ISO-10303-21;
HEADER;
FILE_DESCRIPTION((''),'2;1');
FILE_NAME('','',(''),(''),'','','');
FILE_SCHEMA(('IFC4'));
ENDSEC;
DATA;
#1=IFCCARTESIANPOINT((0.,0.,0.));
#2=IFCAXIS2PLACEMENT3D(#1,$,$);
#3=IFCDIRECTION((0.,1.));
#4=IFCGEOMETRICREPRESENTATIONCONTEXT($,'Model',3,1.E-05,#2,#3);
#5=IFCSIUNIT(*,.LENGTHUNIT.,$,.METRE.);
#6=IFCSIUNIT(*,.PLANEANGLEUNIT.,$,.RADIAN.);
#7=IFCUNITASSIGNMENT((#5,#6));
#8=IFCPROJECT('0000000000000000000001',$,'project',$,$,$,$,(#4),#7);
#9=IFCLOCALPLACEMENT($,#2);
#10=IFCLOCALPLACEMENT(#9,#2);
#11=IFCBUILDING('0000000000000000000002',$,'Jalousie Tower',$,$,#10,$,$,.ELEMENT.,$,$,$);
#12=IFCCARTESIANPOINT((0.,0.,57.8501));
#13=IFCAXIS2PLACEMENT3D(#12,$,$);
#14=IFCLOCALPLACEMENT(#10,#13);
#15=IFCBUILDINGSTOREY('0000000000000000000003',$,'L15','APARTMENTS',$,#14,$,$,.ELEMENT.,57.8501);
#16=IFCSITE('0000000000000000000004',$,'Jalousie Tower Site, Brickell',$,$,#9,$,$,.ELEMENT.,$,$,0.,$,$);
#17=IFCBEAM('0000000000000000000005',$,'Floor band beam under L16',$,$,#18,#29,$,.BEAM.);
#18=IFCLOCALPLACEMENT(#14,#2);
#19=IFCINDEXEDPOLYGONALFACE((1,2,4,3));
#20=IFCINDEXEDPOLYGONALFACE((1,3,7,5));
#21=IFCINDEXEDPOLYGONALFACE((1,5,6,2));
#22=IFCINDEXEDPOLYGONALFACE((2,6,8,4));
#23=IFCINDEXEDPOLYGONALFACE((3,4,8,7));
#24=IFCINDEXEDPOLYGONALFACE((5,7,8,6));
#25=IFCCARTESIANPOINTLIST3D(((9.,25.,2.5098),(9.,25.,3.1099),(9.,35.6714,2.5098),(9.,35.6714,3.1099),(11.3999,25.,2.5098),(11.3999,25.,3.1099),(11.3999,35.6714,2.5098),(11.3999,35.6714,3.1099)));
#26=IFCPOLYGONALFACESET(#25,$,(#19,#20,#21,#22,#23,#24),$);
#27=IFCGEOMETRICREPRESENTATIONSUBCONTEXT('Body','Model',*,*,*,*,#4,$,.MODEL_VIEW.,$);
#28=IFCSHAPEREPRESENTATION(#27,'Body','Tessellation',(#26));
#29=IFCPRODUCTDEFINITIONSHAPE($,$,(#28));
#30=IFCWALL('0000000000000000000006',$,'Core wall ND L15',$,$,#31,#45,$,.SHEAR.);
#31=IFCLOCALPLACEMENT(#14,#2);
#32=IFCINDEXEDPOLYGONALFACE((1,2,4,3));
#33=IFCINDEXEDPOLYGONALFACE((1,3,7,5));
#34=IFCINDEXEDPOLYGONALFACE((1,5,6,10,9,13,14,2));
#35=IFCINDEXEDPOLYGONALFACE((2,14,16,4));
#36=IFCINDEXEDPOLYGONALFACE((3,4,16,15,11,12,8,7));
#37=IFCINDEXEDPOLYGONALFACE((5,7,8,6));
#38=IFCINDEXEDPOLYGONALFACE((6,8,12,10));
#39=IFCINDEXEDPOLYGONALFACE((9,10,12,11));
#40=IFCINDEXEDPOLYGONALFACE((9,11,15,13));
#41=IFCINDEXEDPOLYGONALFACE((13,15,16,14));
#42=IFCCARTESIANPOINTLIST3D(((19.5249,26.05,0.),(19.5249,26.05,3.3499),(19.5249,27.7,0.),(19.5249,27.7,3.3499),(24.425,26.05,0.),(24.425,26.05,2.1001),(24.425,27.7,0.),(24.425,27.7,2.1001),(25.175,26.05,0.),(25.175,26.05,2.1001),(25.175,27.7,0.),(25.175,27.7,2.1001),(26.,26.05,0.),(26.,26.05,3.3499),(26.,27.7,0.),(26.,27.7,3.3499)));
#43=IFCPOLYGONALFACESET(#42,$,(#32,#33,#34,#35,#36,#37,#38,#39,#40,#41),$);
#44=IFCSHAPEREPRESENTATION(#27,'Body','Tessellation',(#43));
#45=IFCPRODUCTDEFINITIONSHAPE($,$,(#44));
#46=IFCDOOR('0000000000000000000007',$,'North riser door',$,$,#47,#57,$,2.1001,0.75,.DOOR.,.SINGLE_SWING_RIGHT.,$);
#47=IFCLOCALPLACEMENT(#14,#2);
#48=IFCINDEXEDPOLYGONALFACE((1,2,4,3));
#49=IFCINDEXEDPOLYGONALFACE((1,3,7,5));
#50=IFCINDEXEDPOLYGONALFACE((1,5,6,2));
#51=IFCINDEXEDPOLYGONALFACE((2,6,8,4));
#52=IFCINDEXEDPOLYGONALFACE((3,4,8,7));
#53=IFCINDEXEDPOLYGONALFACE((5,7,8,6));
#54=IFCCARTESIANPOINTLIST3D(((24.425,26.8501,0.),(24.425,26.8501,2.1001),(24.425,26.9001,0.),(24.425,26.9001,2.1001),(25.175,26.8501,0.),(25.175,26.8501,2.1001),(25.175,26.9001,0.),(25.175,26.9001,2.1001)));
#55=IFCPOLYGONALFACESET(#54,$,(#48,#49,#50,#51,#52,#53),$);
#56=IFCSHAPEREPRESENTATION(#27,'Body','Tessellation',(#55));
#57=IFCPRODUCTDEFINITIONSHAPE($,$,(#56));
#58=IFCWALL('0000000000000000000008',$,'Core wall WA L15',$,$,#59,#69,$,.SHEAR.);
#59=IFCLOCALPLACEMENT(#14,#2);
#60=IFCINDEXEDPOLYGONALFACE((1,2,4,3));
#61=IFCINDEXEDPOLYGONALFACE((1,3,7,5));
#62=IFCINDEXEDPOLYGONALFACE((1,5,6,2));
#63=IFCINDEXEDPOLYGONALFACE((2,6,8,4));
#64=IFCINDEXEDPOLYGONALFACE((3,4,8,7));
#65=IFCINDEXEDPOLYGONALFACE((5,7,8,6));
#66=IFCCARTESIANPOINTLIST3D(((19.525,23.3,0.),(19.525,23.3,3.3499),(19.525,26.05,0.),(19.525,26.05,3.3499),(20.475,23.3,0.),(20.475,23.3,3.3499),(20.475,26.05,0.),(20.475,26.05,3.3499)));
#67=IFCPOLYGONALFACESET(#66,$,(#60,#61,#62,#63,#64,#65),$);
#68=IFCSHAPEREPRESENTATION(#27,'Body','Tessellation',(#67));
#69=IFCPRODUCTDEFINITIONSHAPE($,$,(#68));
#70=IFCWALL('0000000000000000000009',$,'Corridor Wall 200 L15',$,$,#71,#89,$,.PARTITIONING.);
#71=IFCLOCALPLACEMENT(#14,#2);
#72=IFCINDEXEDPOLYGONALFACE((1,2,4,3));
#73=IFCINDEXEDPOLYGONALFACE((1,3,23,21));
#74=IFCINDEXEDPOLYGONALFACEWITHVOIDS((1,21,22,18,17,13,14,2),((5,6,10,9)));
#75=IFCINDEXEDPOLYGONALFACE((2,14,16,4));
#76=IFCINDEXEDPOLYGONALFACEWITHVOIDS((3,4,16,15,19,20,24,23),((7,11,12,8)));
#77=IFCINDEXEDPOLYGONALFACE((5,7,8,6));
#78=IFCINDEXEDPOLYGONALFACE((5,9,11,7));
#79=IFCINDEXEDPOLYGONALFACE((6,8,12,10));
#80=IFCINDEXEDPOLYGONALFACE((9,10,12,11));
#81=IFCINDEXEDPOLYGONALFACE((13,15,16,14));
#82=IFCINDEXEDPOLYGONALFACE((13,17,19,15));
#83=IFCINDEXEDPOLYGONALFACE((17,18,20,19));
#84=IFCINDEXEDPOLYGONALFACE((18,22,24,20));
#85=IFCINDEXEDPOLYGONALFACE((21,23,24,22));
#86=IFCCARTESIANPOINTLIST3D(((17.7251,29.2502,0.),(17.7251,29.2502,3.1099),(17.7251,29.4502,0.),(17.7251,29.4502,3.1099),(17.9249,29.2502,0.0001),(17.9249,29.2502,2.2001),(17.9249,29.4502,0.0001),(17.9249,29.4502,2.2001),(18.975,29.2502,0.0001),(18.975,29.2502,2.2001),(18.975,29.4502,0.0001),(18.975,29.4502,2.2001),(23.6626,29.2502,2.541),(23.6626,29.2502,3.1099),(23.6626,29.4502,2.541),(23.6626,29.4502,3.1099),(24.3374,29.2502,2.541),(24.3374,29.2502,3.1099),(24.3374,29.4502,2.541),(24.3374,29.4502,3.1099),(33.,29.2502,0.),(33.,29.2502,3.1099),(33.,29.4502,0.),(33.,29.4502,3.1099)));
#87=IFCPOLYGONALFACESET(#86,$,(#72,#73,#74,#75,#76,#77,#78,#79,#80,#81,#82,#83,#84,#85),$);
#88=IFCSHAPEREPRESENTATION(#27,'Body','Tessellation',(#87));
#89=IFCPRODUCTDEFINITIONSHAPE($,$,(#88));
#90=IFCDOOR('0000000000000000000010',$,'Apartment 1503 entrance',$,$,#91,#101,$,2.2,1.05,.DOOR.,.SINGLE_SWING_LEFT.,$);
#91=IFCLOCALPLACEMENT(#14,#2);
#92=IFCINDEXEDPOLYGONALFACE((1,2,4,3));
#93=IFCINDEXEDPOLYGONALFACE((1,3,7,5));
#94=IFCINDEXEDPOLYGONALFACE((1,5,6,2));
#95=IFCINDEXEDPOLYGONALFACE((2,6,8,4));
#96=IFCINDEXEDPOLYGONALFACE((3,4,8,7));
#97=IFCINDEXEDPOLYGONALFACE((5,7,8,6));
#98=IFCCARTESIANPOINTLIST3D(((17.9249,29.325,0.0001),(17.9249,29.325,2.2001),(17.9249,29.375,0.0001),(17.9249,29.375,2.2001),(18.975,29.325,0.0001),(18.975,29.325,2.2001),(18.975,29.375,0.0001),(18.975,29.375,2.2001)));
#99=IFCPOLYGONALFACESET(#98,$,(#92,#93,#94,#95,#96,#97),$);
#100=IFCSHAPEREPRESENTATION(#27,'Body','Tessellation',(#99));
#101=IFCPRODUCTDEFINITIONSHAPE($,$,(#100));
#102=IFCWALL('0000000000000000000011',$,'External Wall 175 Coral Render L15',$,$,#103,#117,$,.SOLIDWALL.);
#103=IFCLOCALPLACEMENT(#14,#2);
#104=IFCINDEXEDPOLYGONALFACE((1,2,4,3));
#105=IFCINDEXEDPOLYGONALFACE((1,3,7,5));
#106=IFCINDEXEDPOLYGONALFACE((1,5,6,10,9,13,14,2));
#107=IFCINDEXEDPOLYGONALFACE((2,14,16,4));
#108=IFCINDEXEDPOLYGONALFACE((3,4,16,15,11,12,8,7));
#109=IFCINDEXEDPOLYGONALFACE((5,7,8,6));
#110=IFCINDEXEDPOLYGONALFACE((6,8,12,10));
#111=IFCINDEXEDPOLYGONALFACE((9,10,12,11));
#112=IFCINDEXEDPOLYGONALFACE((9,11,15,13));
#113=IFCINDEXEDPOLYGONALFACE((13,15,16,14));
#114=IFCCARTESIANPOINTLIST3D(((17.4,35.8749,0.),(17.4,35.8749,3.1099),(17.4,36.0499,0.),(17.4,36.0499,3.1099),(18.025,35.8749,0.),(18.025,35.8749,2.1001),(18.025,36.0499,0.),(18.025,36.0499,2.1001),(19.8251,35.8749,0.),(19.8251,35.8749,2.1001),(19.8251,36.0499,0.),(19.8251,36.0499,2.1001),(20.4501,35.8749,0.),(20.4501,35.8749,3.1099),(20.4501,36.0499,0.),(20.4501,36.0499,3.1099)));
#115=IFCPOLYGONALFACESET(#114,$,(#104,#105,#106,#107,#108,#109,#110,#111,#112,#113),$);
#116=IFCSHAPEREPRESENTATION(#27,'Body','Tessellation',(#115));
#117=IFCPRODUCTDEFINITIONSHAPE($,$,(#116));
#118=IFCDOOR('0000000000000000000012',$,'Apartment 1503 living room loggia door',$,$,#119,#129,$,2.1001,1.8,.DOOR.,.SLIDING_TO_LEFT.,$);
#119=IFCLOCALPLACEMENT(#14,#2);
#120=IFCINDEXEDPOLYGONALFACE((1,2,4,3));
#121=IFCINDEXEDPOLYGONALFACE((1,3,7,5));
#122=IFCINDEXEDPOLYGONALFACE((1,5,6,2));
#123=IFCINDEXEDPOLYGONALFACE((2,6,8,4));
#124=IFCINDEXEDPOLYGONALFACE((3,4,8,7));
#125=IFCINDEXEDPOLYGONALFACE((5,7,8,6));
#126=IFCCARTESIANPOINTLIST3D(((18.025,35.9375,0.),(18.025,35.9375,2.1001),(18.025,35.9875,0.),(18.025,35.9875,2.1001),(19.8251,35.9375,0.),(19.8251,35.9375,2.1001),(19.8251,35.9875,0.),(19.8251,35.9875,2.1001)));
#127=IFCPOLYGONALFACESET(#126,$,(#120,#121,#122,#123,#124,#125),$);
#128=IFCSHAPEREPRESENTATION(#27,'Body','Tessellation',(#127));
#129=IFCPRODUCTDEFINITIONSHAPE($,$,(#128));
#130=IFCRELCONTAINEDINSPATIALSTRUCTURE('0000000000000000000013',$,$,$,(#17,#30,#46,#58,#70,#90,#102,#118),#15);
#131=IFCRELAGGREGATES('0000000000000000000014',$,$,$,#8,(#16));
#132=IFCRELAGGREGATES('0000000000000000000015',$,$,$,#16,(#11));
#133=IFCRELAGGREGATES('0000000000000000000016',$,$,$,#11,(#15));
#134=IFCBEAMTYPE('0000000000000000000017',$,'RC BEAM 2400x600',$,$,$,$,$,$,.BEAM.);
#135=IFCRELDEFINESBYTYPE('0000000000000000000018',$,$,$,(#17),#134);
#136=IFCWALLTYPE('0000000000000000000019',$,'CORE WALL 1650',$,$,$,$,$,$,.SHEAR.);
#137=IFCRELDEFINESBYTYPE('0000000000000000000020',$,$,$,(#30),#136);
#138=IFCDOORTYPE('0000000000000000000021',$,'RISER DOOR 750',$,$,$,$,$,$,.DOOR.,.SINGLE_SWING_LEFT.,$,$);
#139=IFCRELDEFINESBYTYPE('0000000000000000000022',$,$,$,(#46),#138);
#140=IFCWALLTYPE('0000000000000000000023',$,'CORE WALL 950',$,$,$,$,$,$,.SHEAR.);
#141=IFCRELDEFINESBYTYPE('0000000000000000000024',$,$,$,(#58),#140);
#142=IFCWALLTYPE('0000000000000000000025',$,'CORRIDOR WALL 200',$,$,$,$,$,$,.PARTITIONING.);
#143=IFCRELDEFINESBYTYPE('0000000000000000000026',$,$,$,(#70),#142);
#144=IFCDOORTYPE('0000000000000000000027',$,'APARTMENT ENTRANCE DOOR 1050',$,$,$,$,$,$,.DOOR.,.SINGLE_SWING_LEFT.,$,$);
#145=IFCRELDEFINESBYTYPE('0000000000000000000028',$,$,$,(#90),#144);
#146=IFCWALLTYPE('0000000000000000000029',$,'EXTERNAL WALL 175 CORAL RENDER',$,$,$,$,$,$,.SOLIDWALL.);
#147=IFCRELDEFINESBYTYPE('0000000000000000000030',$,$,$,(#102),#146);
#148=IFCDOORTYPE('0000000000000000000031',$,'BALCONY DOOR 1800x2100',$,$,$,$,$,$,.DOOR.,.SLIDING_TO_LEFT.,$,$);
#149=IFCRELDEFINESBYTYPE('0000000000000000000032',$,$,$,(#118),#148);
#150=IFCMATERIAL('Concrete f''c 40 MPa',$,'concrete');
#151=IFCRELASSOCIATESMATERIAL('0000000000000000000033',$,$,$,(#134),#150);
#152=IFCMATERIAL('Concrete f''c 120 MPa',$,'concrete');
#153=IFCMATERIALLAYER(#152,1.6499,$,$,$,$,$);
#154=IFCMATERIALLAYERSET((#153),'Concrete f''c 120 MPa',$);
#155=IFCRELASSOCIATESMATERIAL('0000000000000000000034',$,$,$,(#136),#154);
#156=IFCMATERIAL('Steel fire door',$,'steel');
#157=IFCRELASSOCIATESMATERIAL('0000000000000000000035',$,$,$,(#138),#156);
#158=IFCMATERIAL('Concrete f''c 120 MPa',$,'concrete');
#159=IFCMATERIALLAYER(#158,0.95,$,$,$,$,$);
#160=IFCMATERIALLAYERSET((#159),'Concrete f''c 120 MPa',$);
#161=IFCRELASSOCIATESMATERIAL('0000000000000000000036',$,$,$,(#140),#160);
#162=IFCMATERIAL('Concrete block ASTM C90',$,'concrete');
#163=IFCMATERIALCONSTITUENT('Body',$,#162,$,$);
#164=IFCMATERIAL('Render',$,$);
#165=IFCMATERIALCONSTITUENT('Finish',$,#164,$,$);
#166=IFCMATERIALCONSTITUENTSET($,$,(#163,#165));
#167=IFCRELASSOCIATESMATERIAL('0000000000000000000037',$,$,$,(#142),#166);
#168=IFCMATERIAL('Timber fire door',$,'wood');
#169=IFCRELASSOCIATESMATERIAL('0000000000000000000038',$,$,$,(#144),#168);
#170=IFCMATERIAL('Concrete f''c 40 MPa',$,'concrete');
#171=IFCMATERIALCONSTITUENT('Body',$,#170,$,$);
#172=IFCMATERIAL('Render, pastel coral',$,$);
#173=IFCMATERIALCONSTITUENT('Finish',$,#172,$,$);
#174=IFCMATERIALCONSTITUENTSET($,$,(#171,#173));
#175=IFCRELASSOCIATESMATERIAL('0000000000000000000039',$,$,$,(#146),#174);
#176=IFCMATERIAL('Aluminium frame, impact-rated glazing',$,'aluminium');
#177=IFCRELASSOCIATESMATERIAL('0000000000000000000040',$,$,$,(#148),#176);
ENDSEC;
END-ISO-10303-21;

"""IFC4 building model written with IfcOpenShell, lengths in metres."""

from ifc_helpers import new_model, si_unit, direction, frame, frame_2d, origin, origin_2d, place, context, subcontext, project, spatial, polyline, rectangle, outline, extrude, material, layer, layer_set, constituent, constituent_set, material_profile, profile_set, type_object, element, fill, save


model = new_model("IFC4")

# Units and contexts
model_context = context("Model", 3, precision=1e-05, world=origin(), true_north=direction((0.0, 1.0)))
body_context = subcontext(model_context, "Body", "Model", "MODEL_VIEW")
ifc_project = project(units=[si_unit("LENGTHUNIT", "METRE"), si_unit("PLANEANGLEUNIT", "RADIAN")], contexts=[model_context])

# Site, building, storey
site_placement = place(None, origin())
site = spatial("IfcSite", under=ifc_project, at=site_placement, Name="Jalousie Tower Site, Brickell", CompositionType="ELEMENT", RefElevation=0.0)
building_placement = place(site_placement, origin())
building = spatial("IfcBuilding", under=site, at=building_placement, Name="Jalousie Tower", CompositionType="ELEMENT")
storey_placement = place(building_placement, frame((0.0, 0.0, 57.8501)))
storey = spatial("IfcBuildingStorey", under=building, at=storey_placement, Name="L15", Description="APARTMENTS", CompositionType="ELEMENT", Elevation=57.8501)

# Beam
ifc_material_1 = material(Name="Concrete f'c 40 MPa", Category="concrete")
ifc_material_profile = material_profile(ifc_material_1, rectangle(XDim=2.3999, YDim=0.6001, at=origin_2d()), Name="RC 2400x600")
ifc_profile_set = profile_set([ifc_material_profile], Name="Concrete f'c 40 MPa")
beam_type = type_object("IfcBeamType", Name="RC BEAM 2400x600", PredefinedType="BEAM", material=ifc_profile_set)
beam_placement = place(storey_placement, frame((10.2, 25.0, 2.8098), z_axis=(0.0, 1.0, 0.0), x_axis=(-1.0, 0.0, 0.0)))
element("IfcBeam", 1, at=beam_placement, inside=storey, type_object=beam_type, Name="Floor band beam under L16", PredefinedType="BEAM", context=body_context, shape_type="SweptSolid", body=[
    extrude(rectangle(XDim=2.3999, YDim=0.6001, at=origin_2d()), origin(), (0.0, 0.0, 1.0), 10.6714),
])

# Wall, opening, door
ifc_material_2 = material(Name="Concrete f'c 120 MPa", Category="concrete")
ifc_layer_1 = layer(ifc_material_2, 1.6499)
ifc_layer_set_1 = layer_set([ifc_layer_1], Name="Concrete f'c 120 MPa")
wall_type_1 = type_object("IfcWallType", Name="CORE WALL 1650", PredefinedType="SHEAR", material=ifc_layer_set_1)
wall_1_placement = place(storey_placement, frame((26.0, 26.875, 0.0), z_axis=(0.0, 0.0, 1.0), x_axis=(-1.0, 0.0, 0.0)))
wall_1 = element("IfcWall", 2, at=wall_1_placement, inside=storey, type_object=wall_type_1, Name="Core wall ND L15", PredefinedType="SHEAR", context=body_context, shape_type="SweptSolid", body=[
    extrude(rectangle(XDim=6.4751, YDim=1.6499, at=frame_2d((3.2375, 0.0))), origin(), (0.0, 0.0, 1.0), 3.3499),
])
opening_1_placement = place(wall_1_placement, frame((0.825, 0.0, 0.0)))
opening_1 = element("IfcOpeningElement", 3, at=opening_1_placement, cuts=wall_1, PredefinedType="OPENING", context=body_context, shape_type="SweptSolid", body=[
    extrude(rectangle(XDim=0.75, YDim=2.1001, at=frame_2d((0.375, 1.05))), frame((0.0, 0.835, 0.0), z_axis=(0.0, -1.0, 0.0), x_axis=(1.0, 0.0, 0.0)), (0.0, 0.0, 1.0), 1.6699),
])
ifc_material_3 = material(Name="Steel fire door", Category="steel")
door_type_1 = type_object("IfcDoorType", Name="RISER DOOR 750", OperationType="SINGLE_SWING_LEFT", PredefinedType="DOOR", material=ifc_material_3)
door_1_placement = place(opening_1_placement, origin())
door_1 = element("IfcDoor", 4, at=door_1_placement, inside=storey, type_object=door_type_1, Name="North riser door", OperationType="SINGLE_SWING_RIGHT", OverallHeight=2.1001, OverallWidth=0.75, PredefinedType="DOOR", context=body_context, shape_type="SweptSolid", body=[
    extrude(rectangle(XDim=0.75, YDim=2.1001, at=frame_2d((0.375, 1.05))), frame((0.0, 0.0249, 0.0), z_axis=(0.0, -1.0, 0.0), x_axis=(1.0, 0.0, 0.0)), (0.0, 0.0, 1.0), 0.05),
])
fill(opening_1, door_1)

# Wall
ifc_material_4 = material(Name="Concrete f'c 120 MPa", Category="concrete")
ifc_layer_2 = layer(ifc_material_4, 0.95)
ifc_layer_set_2 = layer_set([ifc_layer_2], Name="Concrete f'c 120 MPa")
wall_type_2 = type_object("IfcWallType", Name="CORE WALL 950", PredefinedType="SHEAR", material=ifc_layer_set_2)
wall_2_placement = place(storey_placement, frame((20.0, 26.05, 0.0), z_axis=(0.0, 0.0, 1.0), x_axis=(0.0, -1.0, 0.0)))
element("IfcWall", 5, at=wall_2_placement, inside=storey, type_object=wall_type_2, Name="Core wall WA L15", PredefinedType="SHEAR", context=body_context, shape_type="SweptSolid", body=[
    extrude(rectangle(XDim=2.75, YDim=0.95, at=frame_2d((1.375, 0.0))), origin(), (0.0, 0.0, 1.0), 3.3499),
])

# Walls, openings, doors
ifc_material_5 = material(Name="Concrete block ASTM C90", Category="concrete")
ifc_constituent_1 = constituent(ifc_material_5, Name="Body")
ifc_material_6 = material(Name="Render")
ifc_constituent_2 = constituent(ifc_material_6, Name="Finish")
ifc_constituent_set_1 = constituent_set(constituents=[ifc_constituent_1, ifc_constituent_2])
wall_type_3 = type_object("IfcWallType", Name="CORRIDOR WALL 200", PredefinedType="PARTITIONING", material=ifc_constituent_set_1)
wall_3_placement = place(storey_placement, frame((17.7251, 29.3501, 0.0), z_axis=(0.0, 0.0, 1.0), x_axis=(1.0, 0.0, 0.0)))
wall_3 = element("IfcWall", 6, at=wall_3_placement, inside=storey, type_object=wall_type_3, Name="Corridor Wall 200 L15", PredefinedType="PARTITIONING", context=body_context, shape_type="SweptSolid", body=[
    extrude(outline(polyline([(0.0, 0.0), (15.2749, 0.0), (15.2749, 3.1099), (6.6123, 3.1099), (6.6123, 2.541), (5.9375, 2.541), (5.9375, 3.1099), (0.0, 3.1099), (0.0, 0.0)])), frame((0.0, 0.1001, 0.0), z_axis=(0.0, -1.0, 0.0), x_axis=(1.0, 0.0, 0.0)), (0.0, 0.0, 1.0), 0.2),
])
opening_2_placement = place(wall_3_placement, frame((0.2, 0.0, 0.0)))
opening_2 = element("IfcOpeningElement", 7, at=opening_2_placement, cuts=wall_3, PredefinedType="OPENING", context=body_context, shape_type="SweptSolid", body=[
    extrude(rectangle(XDim=1.05, YDim=2.2, at=frame_2d((0.5249, 1.1001))), frame((0.0, 0.1099, 0.0), z_axis=(0.0, -1.0, 0.0), x_axis=(1.0, 0.0, 0.0)), (0.0, 0.0, 1.0), 0.22),
])
ifc_material_7 = material(Name="Timber fire door", Category="wood")
door_type_2 = type_object("IfcDoorType", Name="APARTMENT ENTRANCE DOOR 1050", OperationType="SINGLE_SWING_LEFT", PredefinedType="DOOR", material=ifc_material_7)
door_2_placement = place(opening_2_placement, origin())
door_2 = element("IfcDoor", 8, at=door_2_placement, inside=storey, type_object=door_type_2, Name="Apartment 1503 entrance", OperationType="SINGLE_SWING_LEFT", OverallHeight=2.2, OverallWidth=1.05, PredefinedType="DOOR", context=body_context, shape_type="SweptSolid", body=[
    extrude(rectangle(XDim=1.05, YDim=2.2, at=frame_2d((0.5249, 1.1001))), frame((0.0, 0.0249, 0.0), z_axis=(0.0, -1.0, 0.0), x_axis=(1.0, 0.0, 0.0)), (0.0, 0.0, 1.0), 0.05),
])
fill(opening_2, door_2)
ifc_material_8 = material(Name="Concrete f'c 40 MPa", Category="concrete")
ifc_constituent_3 = constituent(ifc_material_8, Name="Body")
ifc_material_9 = material(Name="Render, pastel coral")
ifc_constituent_4 = constituent(ifc_material_9, Name="Finish")
ifc_constituent_set_2 = constituent_set(constituents=[ifc_constituent_3, ifc_constituent_4])
wall_type_4 = type_object("IfcWallType", Name="EXTERNAL WALL 175 CORAL RENDER", PredefinedType="SOLIDWALL", material=ifc_constituent_set_2)
wall_4_placement = place(storey_placement, frame((20.45, 35.9624, 0.0), z_axis=(0.0, 0.0, 1.0), x_axis=(-1.0, 0.0, 0.0)))
wall_4 = element("IfcWall", 9, at=wall_4_placement, inside=storey, type_object=wall_type_4, Name="External Wall 175 Coral Render L15", PredefinedType="SOLIDWALL", context=body_context, shape_type="SweptSolid", body=[
    extrude(rectangle(XDim=3.05, YDim=0.175, at=frame_2d((1.5249, 0.0))), origin(), (0.0, 0.0, 1.0), 3.1099),
])
opening_3_placement = place(wall_4_placement, frame((0.625, 0.0, 0.0)))
opening_3 = element("IfcOpeningElement", 10, at=opening_3_placement, cuts=wall_4, PredefinedType="OPENING", context=body_context, shape_type="SweptSolid", body=[
    extrude(rectangle(XDim=1.8, YDim=2.1001, at=frame_2d((0.8999, 1.05))), frame((0.0, 0.0974, 0.0), z_axis=(0.0, -1.0, 0.0), x_axis=(1.0, 0.0, 0.0)), (0.0, 0.0, 1.0), 0.1951),
])
ifc_material_10 = material(Name="Aluminium frame, impact-rated glazing", Category="aluminium")
door_type_3 = type_object("IfcDoorType", Name="BALCONY DOOR 1800x2100", OperationType="SLIDING_TO_LEFT", PredefinedType="DOOR", material=ifc_material_10)
door_3_placement = place(opening_3_placement, origin())
door_3 = element("IfcDoor", 11, at=door_3_placement, inside=storey, type_object=door_type_3, Name="Apartment 1503 living room loggia door", OperationType="SLIDING_TO_LEFT", OverallHeight=2.1001, OverallWidth=1.8, PredefinedType="DOOR", context=body_context, shape_type="SweptSolid", body=[
    extrude(rectangle(XDim=1.8, YDim=2.1001, at=frame_2d((0.8999, 1.05))), frame((0.0, 0.0249, 0.0), z_axis=(0.0, -1.0, 0.0), x_axis=(1.0, 0.0, 0.0)), (0.0, 0.0, 1.0), 0.05),
])
fill(opening_3, door_3)

save(model, "model.ifc")
